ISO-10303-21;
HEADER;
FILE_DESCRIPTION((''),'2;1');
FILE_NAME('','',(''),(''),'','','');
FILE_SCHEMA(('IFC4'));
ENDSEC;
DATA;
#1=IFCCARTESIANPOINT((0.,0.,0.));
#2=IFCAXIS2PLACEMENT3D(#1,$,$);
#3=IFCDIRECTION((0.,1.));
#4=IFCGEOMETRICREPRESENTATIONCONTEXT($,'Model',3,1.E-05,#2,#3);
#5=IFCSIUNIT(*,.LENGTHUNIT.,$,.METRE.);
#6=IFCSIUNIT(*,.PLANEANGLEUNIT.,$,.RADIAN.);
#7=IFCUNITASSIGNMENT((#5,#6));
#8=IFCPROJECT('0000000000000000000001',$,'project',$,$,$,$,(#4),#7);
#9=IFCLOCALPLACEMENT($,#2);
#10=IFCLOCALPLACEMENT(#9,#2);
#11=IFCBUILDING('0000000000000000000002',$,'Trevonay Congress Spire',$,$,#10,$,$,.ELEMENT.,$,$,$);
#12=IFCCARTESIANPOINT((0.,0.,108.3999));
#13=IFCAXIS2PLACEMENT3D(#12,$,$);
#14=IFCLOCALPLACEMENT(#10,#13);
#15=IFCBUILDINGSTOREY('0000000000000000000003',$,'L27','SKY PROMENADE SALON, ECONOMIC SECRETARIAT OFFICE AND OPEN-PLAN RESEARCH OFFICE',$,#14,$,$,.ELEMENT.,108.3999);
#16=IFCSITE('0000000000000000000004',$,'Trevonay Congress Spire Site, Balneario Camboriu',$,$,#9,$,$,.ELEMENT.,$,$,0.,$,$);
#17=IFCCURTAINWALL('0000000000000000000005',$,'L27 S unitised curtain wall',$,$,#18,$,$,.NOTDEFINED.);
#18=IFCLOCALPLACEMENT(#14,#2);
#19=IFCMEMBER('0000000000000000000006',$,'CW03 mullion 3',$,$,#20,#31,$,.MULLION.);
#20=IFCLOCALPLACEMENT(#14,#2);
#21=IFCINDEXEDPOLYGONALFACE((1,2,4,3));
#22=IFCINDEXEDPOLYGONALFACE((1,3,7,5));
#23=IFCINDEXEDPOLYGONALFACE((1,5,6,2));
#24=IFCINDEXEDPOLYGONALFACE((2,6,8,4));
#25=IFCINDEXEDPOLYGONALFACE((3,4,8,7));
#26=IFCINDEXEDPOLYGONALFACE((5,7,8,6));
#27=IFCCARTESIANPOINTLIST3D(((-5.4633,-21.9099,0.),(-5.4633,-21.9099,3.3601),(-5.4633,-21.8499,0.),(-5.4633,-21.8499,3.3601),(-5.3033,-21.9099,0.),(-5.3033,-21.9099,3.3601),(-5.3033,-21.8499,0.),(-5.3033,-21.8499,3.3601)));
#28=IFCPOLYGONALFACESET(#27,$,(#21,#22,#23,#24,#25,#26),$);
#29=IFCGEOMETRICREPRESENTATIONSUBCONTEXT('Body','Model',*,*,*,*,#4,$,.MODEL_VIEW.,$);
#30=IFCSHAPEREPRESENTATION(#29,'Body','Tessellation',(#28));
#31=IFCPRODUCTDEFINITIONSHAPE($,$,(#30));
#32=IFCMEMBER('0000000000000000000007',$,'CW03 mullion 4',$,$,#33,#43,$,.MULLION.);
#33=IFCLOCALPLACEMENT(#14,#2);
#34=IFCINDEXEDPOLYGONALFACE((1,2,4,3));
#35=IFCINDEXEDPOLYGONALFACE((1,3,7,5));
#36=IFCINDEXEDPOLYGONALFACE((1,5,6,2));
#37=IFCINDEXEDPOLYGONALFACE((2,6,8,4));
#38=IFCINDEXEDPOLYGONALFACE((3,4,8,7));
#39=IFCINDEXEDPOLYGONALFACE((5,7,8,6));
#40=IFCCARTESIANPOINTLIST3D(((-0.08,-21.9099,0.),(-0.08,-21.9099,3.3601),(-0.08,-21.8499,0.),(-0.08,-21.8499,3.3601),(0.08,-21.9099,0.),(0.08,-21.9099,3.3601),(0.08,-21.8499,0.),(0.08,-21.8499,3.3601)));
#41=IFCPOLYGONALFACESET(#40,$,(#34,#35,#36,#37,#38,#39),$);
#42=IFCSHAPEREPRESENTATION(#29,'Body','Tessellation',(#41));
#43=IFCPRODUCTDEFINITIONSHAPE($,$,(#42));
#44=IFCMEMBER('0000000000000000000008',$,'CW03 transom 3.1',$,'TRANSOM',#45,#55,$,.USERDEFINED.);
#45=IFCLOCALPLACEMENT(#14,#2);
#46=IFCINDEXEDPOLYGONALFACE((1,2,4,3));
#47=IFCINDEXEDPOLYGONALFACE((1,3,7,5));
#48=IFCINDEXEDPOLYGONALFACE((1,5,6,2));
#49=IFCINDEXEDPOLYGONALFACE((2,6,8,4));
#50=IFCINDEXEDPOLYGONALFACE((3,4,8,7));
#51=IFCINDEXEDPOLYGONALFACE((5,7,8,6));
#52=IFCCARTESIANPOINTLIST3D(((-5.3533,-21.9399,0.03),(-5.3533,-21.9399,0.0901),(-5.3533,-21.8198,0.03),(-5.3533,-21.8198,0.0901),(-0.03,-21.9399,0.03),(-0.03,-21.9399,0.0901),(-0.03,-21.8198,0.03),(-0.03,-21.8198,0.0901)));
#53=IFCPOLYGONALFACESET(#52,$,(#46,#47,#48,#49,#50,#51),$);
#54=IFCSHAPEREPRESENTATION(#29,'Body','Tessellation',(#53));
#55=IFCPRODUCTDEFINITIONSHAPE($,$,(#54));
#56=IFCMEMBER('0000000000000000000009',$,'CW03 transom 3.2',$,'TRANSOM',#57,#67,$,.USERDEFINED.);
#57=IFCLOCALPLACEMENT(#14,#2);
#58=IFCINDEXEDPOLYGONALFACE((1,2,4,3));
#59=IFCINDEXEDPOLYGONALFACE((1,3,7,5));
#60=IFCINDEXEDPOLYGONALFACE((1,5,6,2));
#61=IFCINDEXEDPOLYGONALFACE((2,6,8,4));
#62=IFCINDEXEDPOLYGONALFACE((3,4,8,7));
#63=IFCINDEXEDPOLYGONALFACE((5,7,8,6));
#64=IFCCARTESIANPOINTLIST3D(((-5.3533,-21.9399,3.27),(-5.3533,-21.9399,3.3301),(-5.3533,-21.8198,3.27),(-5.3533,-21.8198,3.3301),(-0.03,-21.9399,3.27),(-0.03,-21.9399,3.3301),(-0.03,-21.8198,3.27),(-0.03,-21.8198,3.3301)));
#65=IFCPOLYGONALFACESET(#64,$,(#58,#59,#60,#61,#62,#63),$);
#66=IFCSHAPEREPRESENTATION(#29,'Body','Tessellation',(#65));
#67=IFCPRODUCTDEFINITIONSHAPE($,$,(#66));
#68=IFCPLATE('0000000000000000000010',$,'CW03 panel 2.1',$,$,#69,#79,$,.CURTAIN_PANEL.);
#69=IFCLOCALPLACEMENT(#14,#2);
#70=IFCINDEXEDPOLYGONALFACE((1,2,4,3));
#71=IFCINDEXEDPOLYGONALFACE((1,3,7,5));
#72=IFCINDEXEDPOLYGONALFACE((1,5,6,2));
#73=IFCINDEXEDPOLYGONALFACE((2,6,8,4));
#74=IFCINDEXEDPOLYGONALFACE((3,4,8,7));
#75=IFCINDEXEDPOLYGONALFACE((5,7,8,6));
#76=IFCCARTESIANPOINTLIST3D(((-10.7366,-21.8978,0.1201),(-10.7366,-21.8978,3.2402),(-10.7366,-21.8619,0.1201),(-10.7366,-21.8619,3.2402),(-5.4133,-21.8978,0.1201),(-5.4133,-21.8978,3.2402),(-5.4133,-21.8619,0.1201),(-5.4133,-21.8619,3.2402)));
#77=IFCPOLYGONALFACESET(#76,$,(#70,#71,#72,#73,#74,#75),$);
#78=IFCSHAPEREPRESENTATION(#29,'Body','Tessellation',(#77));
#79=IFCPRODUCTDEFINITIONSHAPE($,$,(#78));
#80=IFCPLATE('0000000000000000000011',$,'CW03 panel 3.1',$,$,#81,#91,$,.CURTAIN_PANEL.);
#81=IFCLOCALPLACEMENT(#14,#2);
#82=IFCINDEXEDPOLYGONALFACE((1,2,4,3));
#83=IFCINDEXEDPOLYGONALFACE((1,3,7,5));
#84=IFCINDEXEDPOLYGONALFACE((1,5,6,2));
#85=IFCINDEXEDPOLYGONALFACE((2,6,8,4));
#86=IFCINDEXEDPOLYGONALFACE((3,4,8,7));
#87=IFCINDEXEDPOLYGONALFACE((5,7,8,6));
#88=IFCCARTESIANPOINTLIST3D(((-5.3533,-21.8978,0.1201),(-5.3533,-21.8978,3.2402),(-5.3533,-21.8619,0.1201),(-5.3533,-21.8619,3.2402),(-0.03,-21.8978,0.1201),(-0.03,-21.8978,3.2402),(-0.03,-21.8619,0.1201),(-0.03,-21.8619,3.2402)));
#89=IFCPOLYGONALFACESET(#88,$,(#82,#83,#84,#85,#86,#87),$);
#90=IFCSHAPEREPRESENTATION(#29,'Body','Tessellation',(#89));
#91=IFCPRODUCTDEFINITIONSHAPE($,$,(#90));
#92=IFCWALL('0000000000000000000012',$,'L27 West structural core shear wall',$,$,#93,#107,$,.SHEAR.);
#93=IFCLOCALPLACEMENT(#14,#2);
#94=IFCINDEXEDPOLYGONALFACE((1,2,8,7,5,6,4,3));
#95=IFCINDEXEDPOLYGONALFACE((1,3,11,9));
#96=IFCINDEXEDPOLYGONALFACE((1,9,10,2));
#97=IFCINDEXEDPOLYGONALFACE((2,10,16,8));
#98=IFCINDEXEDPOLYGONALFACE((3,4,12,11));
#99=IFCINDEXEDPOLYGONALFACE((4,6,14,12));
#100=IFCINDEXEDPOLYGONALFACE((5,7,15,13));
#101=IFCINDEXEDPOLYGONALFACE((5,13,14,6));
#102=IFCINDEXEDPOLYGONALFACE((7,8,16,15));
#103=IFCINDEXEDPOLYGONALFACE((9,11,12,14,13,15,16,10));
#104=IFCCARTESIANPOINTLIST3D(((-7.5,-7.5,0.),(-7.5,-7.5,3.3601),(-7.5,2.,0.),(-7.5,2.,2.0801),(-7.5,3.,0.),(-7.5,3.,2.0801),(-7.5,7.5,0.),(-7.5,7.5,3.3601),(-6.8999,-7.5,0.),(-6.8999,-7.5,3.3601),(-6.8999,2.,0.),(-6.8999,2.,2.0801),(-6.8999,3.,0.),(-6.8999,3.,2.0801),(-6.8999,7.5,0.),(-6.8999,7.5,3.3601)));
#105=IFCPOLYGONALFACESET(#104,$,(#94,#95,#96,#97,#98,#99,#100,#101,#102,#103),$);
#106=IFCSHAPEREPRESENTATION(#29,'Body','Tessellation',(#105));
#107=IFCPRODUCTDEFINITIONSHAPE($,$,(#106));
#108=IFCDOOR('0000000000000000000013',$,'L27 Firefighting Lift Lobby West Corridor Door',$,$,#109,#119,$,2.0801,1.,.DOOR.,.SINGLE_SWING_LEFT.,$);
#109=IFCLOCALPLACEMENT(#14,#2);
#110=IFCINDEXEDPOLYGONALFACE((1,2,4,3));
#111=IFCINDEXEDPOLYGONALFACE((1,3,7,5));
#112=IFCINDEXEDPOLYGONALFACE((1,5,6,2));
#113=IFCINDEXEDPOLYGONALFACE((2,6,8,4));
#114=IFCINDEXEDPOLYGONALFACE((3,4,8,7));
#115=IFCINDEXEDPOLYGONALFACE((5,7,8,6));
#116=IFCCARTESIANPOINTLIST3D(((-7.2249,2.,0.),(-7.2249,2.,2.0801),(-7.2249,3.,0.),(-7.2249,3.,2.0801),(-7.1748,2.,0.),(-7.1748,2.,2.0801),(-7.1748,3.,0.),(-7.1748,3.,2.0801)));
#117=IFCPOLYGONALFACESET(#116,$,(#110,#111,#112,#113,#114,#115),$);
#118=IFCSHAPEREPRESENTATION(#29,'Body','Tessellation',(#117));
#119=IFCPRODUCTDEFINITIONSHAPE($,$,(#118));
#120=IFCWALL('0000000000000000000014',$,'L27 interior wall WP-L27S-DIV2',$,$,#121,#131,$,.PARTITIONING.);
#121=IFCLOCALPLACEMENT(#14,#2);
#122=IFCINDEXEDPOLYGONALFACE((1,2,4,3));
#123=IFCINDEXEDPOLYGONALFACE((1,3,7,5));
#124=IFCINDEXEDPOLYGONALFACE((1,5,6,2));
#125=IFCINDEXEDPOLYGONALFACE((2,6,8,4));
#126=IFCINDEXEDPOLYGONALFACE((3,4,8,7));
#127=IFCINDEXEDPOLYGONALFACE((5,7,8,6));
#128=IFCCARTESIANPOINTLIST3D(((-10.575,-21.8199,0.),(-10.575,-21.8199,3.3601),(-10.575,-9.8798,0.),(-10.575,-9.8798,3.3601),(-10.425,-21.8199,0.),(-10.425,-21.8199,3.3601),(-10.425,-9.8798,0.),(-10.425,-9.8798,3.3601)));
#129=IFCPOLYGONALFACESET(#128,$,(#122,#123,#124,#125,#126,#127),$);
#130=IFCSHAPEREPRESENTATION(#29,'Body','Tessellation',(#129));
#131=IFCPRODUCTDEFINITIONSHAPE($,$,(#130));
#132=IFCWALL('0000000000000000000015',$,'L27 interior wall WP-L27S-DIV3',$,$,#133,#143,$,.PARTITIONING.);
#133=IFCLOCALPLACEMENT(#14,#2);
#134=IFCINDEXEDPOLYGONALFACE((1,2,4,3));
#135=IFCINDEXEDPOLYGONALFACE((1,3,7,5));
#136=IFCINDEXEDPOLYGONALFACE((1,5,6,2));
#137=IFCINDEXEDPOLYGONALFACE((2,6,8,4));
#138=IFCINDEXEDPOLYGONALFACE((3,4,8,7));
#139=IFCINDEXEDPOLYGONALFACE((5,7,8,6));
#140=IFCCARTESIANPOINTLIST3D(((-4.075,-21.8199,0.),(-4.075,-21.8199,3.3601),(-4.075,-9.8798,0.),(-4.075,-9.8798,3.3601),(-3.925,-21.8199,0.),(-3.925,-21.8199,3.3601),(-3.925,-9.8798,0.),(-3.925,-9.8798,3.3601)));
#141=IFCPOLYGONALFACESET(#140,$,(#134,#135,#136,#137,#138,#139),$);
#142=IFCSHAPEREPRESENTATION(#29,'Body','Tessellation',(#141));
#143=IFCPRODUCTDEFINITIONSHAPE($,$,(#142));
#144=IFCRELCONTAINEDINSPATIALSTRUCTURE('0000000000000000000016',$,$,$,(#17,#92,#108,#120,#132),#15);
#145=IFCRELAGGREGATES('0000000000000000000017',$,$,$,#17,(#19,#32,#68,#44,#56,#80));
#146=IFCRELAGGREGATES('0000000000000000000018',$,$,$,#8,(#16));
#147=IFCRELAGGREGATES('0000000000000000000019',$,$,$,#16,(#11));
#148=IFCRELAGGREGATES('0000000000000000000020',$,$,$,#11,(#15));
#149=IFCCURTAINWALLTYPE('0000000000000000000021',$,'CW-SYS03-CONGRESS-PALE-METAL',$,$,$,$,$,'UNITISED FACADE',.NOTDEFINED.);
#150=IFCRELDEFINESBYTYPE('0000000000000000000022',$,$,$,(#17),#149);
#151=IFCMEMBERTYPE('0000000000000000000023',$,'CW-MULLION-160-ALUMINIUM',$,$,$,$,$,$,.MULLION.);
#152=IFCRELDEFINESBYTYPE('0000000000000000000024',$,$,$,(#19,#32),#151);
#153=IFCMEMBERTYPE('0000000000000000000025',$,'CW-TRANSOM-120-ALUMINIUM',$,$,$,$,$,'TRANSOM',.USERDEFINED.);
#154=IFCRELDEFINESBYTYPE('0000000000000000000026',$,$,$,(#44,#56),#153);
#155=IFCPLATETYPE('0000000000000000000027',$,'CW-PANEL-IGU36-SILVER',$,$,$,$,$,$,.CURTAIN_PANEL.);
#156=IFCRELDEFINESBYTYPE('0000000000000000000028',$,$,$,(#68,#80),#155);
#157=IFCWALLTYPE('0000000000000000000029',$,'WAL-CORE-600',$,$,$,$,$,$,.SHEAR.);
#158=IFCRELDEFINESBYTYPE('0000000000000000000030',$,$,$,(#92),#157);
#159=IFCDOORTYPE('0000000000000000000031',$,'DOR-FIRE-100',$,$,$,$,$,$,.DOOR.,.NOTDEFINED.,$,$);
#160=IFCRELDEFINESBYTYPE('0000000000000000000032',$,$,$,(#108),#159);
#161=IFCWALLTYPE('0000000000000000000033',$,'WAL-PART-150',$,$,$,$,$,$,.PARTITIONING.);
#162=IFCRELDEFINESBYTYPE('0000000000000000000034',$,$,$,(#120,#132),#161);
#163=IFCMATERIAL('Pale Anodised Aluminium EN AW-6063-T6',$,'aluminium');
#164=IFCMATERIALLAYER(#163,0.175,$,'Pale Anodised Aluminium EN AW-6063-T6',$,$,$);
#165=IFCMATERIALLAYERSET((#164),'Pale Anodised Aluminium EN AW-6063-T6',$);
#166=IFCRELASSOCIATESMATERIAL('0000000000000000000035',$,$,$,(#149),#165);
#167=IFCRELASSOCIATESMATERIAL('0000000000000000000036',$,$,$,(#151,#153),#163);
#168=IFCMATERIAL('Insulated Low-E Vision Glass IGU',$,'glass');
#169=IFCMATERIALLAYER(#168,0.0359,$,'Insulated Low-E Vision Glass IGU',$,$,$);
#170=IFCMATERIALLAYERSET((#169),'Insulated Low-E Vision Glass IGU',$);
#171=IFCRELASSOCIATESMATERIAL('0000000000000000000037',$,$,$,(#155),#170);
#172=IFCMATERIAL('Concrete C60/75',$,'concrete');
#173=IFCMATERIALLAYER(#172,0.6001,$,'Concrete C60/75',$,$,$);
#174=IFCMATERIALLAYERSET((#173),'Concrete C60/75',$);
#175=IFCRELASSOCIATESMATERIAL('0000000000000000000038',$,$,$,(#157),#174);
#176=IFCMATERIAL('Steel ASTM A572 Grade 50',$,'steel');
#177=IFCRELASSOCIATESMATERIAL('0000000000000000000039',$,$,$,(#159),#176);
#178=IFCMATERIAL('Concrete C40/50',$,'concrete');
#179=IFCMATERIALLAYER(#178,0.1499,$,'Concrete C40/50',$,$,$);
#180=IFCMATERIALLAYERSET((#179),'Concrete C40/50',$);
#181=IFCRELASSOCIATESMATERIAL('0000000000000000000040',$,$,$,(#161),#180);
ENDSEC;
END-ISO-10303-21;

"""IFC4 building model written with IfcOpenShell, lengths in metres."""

from ifc_helpers import new_model, si_unit, direction, frame, frame_2d, origin, origin_2d, place, context, subcontext, project, spatial, rectangle, extrude, material, layer, layer_set, material_profile, profile_set, type_object, element, fill, aggregate, save


model = new_model("IFC4")

# Units and contexts
model_context = context("Model", 3, precision=1e-05, world=origin(), true_north=direction((0.0, 1.0)))
body_context = subcontext(model_context, "Body", "Model", "MODEL_VIEW")
ifc_project = project(units=[si_unit("LENGTHUNIT", "METRE"), si_unit("PLANEANGLEUNIT", "RADIAN")], contexts=[model_context])

# Site, building, storey
site_placement = place(None, origin())
site = spatial("IfcSite", under=ifc_project, at=site_placement, Name="Trevonay Congress Spire Site, Balneario Camboriu", CompositionType="ELEMENT", RefElevation=0.0)
building_placement = place(site_placement, origin())
building = spatial("IfcBuilding", under=site, at=building_placement, Name="Trevonay Congress Spire", CompositionType="ELEMENT")
storey_placement = place(building_placement, frame((0.0, 0.0, 108.3999)))
storey = spatial("IfcBuildingStorey", under=building, at=storey_placement, Name="L27", Description="SKY PROMENADE SALON, ECONOMIC SECRETARIAT OFFICE AND OPEN-PLAN RESEARCH OFFICE", CompositionType="ELEMENT", Elevation=108.3999)

# Shared definitions
ifc_material_1 = material(Name="Steel ASTM A572 Grade 50", Category="steel")

# Curtain wall, members, plates
ifc_material_2 = material(Name="Pale Anodised Aluminium EN AW-6063-T6", Category="aluminium")
ifc_layer_1 = layer(ifc_material_2, 0.175, Name="Pale Anodised Aluminium EN AW-6063-T6")
ifc_layer_set_1 = layer_set([ifc_layer_1], Name="Pale Anodised Aluminium EN AW-6063-T6")
curtain_wall_type = type_object("IfcCurtainWallType", Name="CW-SYS03-CONGRESS-PALE-METAL", ElementType="UNITISED FACADE", PredefinedType="NOTDEFINED", material=ifc_layer_set_1)
curtain_wall_placement = place(storey_placement, origin())
curtain_wall = element("IfcCurtainWall", 1, at=curtain_wall_placement, inside=storey, type_object=curtain_wall_type, Name="L27 S unitised curtain wall", PredefinedType="NOTDEFINED")
ifc_material_profile_1 = material_profile(ifc_material_2, rectangle(XDim=0.0601, YDim=0.1599, at=origin_2d()), Name="CW-MULLION-160-ALUMINIUM")
ifc_profile_set_1 = profile_set([ifc_material_profile_1], Name="Pale Anodised Aluminium EN AW-6063-T6")
member_type_1 = type_object("IfcMemberType", Name="CW-MULLION-160-ALUMINIUM", PredefinedType="MULLION", material=ifc_profile_set_1)
member_1_placement = place(storey_placement, frame((-5.3833, -21.8799, 0.0), z_axis=(0.0, 0.0, 1.0), x_axis=(0.0, 1.0, 0.0)))
member_1 = element("IfcMember", 2, at=member_1_placement, type_object=member_type_1, Name="CW03 mullion 3", PredefinedType="MULLION", context=body_context, shape_type="SweptSolid", body=[
    extrude(rectangle(XDim=0.0601, YDim=0.1599, at=origin_2d()), origin(), (0.0, 0.0, 1.0), 3.3601),
])
member_2_placement = place(storey_placement, frame((0.0, -21.8799, 0.0), z_axis=(0.0, 0.0, 1.0), x_axis=(0.0, 1.0, 0.0)))
member_2 = element("IfcMember", 3, at=member_2_placement, type_object=member_type_1, Name="CW03 mullion 4", PredefinedType="MULLION", context=body_context, shape_type="SweptSolid", body=[
    extrude(rectangle(XDim=0.0601, YDim=0.1599, at=origin_2d()), origin(), (0.0, 0.0, 1.0), 3.3601),
])
ifc_material_profile_2 = material_profile(ifc_material_2, rectangle(XDim=0.1201, YDim=0.0601, at=origin_2d()), Name="CW-TRANSOM-120-ALUMINIUM")
ifc_profile_set_2 = profile_set([ifc_material_profile_2], Name="Pale Anodised Aluminium EN AW-6063-T6")
member_type_2 = type_object("IfcMemberType", Name="CW-TRANSOM-120-ALUMINIUM", ElementType="TRANSOM", PredefinedType="USERDEFINED", material=ifc_profile_set_2)
member_3_placement = place(storey_placement, frame((-5.3533, -21.8799, 0.0601), z_axis=(1.0, 0.0, 0.0), x_axis=(0.0, 1.0, 0.0)))
member_3 = element("IfcMember", 4, at=member_3_placement, type_object=member_type_2, Name="CW03 transom 3.1", ObjectType="TRANSOM", PredefinedType="USERDEFINED", context=body_context, shape_type="SweptSolid", body=[
    extrude(rectangle(XDim=0.1201, YDim=0.0601, at=origin_2d()), origin(), (0.0, 0.0, 1.0), 5.3232),
])
member_4_placement = place(storey_placement, frame((-5.3533, -21.8799, 3.3), z_axis=(1.0, 0.0, 0.0), x_axis=(0.0, 1.0, 0.0)))
member_4 = element("IfcMember", 5, at=member_4_placement, type_object=member_type_2, Name="CW03 transom 3.2", ObjectType="TRANSOM", PredefinedType="USERDEFINED", context=body_context, shape_type="SweptSolid", body=[
    extrude(rectangle(XDim=0.1201, YDim=0.0601, at=origin_2d()), origin(), (0.0, 0.0, 1.0), 5.3232),
])
ifc_material_3 = material(Name="Insulated Low-E Vision Glass IGU", Category="glass")
ifc_layer_2 = layer(ifc_material_3, 0.0359, Name="Insulated Low-E Vision Glass IGU")
ifc_layer_set_2 = layer_set([ifc_layer_2], Name="Insulated Low-E Vision Glass IGU")
plate_type = type_object("IfcPlateType", Name="CW-PANEL-IGU36-SILVER", PredefinedType="CURTAIN_PANEL", material=ifc_layer_set_2)
plate_1_placement = place(storey_placement, frame((-8.075, -21.8799, 0.1201), z_axis=(0.0, 0.0, 1.0), x_axis=(1.0, 0.0, 0.0)))
plate_1 = element("IfcPlate", 6, at=plate_1_placement, type_object=plate_type, Name="CW03 panel 2.1", PredefinedType="CURTAIN_PANEL", context=body_context, shape_type="SweptSolid", body=[
    extrude(rectangle(XDim=5.3232, YDim=0.0359, at=origin_2d()), origin(), (0.0, 0.0, 1.0), 3.1201),
])
plate_2_placement = place(storey_placement, frame((-2.6917, -21.8799, 0.1201), z_axis=(0.0, 0.0, 1.0), x_axis=(1.0, 0.0, 0.0)))
plate_2 = element("IfcPlate", 7, at=plate_2_placement, type_object=plate_type, Name="CW03 panel 3.1", PredefinedType="CURTAIN_PANEL", context=body_context, shape_type="SweptSolid", body=[
    extrude(rectangle(XDim=5.3232, YDim=0.0359, at=origin_2d()), origin(), (0.0, 0.0, 1.0), 3.1201),
])
aggregate(curtain_wall, [member_1, member_2, plate_1, member_3, member_4, plate_2])

# Wall, opening, door
ifc_material_4 = material(Name="Concrete C60/75", Category="concrete")
ifc_layer_3 = layer(ifc_material_4, 0.6001, Name="Concrete C60/75")
ifc_layer_set_3 = layer_set([ifc_layer_3], Name="Concrete C60/75")
wall_type_1 = type_object("IfcWallType", Name="WAL-CORE-600", PredefinedType="SHEAR", material=ifc_layer_set_3)
wall_placement = place(storey_placement, frame((-7.2, -7.5, 0.0), z_axis=(0.0, 0.0, 1.0), x_axis=(0.0, 1.0, 0.0)))
wall = element("IfcWall", 8, at=wall_placement, inside=storey, type_object=wall_type_1, Name="L27 West structural core shear wall", PredefinedType="SHEAR", context=body_context, shape_type="SweptSolid", body=[
    extrude(rectangle(XDim=15.0, YDim=0.6001, at=frame_2d((7.5, 0.0))), origin(), (0.0, 0.0, 1.0), 3.3601),
])
opening_placement = place(wall_placement, frame((9.5, 0.0, 0.0)))
opening = element("IfcOpeningElement", 9, at=opening_placement, cuts=wall, PredefinedType="OPENING", context=body_context, shape_type="SweptSolid", body=[
    extrude(rectangle(XDim=1.0, YDim=2.0801, at=frame_2d((0.5, 1.04))), frame((0.0, 0.3101, 0.0), z_axis=(0.0, -1.0, 0.0), x_axis=(1.0, 0.0, 0.0)), (0.0, 0.0, 1.0), 0.6201),
])
door_type = type_object("IfcDoorType", Name="DOR-FIRE-100", OperationType="NOTDEFINED", PredefinedType="DOOR", material=ifc_material_1)
door_placement = place(opening_placement, origin())
door = element("IfcDoor", 10, at=door_placement, inside=storey, type_object=door_type, Name="L27 Firefighting Lift Lobby West Corridor Door", OperationType="SINGLE_SWING_LEFT", OverallHeight=2.0801, OverallWidth=1.0, PredefinedType="DOOR", context=body_context, shape_type="SweptSolid", body=[
    extrude(rectangle(XDim=1.0, YDim=2.0801, at=frame_2d((0.5, 1.04))), frame((0.0, 0.0249, 0.0), z_axis=(0.0, -1.0, 0.0), x_axis=(1.0, 0.0, 0.0)), (0.0, 0.0, 1.0), 0.05),
])
fill(opening, door)

# Walls
ifc_material_5 = material(Name="Concrete C40/50", Category="concrete")
ifc_layer_4 = layer(ifc_material_5, 0.1499, Name="Concrete C40/50")
ifc_layer_set_4 = layer_set([ifc_layer_4], Name="Concrete C40/50")
wall_type_2 = type_object("IfcWallType", Name="WAL-PART-150", PredefinedType="PARTITIONING", material=ifc_layer_set_4)
for number, where, z_axis, x_axis, name in (
    (11, (-10.5, -21.8201, 0.0), (0.0, 0.0, 1.0), (0.0, 1.0, 0.0), "L27 interior wall WP-L27S-DIV2"),
    (12, (-4.0, -21.8201, 0.0), (0.0, 0.0, 1.0), (0.0, 1.0, 0.0), "L27 interior wall WP-L27S-DIV3"),
):
    element("IfcWall", number, at=place(storey_placement, frame(where, z_axis=z_axis, x_axis=x_axis)), inside=storey, type_object=wall_type_2, Name=name, PredefinedType="PARTITIONING", context=body_context, shape_type="SweptSolid", body=[
        extrude(rectangle(XDim=11.9402, YDim=0.1499, at=frame_2d((5.9702, 0.0))), origin(), (0.0, 0.0, 1.0), 3.3601),
    ])

save(model, "model.ifc")
